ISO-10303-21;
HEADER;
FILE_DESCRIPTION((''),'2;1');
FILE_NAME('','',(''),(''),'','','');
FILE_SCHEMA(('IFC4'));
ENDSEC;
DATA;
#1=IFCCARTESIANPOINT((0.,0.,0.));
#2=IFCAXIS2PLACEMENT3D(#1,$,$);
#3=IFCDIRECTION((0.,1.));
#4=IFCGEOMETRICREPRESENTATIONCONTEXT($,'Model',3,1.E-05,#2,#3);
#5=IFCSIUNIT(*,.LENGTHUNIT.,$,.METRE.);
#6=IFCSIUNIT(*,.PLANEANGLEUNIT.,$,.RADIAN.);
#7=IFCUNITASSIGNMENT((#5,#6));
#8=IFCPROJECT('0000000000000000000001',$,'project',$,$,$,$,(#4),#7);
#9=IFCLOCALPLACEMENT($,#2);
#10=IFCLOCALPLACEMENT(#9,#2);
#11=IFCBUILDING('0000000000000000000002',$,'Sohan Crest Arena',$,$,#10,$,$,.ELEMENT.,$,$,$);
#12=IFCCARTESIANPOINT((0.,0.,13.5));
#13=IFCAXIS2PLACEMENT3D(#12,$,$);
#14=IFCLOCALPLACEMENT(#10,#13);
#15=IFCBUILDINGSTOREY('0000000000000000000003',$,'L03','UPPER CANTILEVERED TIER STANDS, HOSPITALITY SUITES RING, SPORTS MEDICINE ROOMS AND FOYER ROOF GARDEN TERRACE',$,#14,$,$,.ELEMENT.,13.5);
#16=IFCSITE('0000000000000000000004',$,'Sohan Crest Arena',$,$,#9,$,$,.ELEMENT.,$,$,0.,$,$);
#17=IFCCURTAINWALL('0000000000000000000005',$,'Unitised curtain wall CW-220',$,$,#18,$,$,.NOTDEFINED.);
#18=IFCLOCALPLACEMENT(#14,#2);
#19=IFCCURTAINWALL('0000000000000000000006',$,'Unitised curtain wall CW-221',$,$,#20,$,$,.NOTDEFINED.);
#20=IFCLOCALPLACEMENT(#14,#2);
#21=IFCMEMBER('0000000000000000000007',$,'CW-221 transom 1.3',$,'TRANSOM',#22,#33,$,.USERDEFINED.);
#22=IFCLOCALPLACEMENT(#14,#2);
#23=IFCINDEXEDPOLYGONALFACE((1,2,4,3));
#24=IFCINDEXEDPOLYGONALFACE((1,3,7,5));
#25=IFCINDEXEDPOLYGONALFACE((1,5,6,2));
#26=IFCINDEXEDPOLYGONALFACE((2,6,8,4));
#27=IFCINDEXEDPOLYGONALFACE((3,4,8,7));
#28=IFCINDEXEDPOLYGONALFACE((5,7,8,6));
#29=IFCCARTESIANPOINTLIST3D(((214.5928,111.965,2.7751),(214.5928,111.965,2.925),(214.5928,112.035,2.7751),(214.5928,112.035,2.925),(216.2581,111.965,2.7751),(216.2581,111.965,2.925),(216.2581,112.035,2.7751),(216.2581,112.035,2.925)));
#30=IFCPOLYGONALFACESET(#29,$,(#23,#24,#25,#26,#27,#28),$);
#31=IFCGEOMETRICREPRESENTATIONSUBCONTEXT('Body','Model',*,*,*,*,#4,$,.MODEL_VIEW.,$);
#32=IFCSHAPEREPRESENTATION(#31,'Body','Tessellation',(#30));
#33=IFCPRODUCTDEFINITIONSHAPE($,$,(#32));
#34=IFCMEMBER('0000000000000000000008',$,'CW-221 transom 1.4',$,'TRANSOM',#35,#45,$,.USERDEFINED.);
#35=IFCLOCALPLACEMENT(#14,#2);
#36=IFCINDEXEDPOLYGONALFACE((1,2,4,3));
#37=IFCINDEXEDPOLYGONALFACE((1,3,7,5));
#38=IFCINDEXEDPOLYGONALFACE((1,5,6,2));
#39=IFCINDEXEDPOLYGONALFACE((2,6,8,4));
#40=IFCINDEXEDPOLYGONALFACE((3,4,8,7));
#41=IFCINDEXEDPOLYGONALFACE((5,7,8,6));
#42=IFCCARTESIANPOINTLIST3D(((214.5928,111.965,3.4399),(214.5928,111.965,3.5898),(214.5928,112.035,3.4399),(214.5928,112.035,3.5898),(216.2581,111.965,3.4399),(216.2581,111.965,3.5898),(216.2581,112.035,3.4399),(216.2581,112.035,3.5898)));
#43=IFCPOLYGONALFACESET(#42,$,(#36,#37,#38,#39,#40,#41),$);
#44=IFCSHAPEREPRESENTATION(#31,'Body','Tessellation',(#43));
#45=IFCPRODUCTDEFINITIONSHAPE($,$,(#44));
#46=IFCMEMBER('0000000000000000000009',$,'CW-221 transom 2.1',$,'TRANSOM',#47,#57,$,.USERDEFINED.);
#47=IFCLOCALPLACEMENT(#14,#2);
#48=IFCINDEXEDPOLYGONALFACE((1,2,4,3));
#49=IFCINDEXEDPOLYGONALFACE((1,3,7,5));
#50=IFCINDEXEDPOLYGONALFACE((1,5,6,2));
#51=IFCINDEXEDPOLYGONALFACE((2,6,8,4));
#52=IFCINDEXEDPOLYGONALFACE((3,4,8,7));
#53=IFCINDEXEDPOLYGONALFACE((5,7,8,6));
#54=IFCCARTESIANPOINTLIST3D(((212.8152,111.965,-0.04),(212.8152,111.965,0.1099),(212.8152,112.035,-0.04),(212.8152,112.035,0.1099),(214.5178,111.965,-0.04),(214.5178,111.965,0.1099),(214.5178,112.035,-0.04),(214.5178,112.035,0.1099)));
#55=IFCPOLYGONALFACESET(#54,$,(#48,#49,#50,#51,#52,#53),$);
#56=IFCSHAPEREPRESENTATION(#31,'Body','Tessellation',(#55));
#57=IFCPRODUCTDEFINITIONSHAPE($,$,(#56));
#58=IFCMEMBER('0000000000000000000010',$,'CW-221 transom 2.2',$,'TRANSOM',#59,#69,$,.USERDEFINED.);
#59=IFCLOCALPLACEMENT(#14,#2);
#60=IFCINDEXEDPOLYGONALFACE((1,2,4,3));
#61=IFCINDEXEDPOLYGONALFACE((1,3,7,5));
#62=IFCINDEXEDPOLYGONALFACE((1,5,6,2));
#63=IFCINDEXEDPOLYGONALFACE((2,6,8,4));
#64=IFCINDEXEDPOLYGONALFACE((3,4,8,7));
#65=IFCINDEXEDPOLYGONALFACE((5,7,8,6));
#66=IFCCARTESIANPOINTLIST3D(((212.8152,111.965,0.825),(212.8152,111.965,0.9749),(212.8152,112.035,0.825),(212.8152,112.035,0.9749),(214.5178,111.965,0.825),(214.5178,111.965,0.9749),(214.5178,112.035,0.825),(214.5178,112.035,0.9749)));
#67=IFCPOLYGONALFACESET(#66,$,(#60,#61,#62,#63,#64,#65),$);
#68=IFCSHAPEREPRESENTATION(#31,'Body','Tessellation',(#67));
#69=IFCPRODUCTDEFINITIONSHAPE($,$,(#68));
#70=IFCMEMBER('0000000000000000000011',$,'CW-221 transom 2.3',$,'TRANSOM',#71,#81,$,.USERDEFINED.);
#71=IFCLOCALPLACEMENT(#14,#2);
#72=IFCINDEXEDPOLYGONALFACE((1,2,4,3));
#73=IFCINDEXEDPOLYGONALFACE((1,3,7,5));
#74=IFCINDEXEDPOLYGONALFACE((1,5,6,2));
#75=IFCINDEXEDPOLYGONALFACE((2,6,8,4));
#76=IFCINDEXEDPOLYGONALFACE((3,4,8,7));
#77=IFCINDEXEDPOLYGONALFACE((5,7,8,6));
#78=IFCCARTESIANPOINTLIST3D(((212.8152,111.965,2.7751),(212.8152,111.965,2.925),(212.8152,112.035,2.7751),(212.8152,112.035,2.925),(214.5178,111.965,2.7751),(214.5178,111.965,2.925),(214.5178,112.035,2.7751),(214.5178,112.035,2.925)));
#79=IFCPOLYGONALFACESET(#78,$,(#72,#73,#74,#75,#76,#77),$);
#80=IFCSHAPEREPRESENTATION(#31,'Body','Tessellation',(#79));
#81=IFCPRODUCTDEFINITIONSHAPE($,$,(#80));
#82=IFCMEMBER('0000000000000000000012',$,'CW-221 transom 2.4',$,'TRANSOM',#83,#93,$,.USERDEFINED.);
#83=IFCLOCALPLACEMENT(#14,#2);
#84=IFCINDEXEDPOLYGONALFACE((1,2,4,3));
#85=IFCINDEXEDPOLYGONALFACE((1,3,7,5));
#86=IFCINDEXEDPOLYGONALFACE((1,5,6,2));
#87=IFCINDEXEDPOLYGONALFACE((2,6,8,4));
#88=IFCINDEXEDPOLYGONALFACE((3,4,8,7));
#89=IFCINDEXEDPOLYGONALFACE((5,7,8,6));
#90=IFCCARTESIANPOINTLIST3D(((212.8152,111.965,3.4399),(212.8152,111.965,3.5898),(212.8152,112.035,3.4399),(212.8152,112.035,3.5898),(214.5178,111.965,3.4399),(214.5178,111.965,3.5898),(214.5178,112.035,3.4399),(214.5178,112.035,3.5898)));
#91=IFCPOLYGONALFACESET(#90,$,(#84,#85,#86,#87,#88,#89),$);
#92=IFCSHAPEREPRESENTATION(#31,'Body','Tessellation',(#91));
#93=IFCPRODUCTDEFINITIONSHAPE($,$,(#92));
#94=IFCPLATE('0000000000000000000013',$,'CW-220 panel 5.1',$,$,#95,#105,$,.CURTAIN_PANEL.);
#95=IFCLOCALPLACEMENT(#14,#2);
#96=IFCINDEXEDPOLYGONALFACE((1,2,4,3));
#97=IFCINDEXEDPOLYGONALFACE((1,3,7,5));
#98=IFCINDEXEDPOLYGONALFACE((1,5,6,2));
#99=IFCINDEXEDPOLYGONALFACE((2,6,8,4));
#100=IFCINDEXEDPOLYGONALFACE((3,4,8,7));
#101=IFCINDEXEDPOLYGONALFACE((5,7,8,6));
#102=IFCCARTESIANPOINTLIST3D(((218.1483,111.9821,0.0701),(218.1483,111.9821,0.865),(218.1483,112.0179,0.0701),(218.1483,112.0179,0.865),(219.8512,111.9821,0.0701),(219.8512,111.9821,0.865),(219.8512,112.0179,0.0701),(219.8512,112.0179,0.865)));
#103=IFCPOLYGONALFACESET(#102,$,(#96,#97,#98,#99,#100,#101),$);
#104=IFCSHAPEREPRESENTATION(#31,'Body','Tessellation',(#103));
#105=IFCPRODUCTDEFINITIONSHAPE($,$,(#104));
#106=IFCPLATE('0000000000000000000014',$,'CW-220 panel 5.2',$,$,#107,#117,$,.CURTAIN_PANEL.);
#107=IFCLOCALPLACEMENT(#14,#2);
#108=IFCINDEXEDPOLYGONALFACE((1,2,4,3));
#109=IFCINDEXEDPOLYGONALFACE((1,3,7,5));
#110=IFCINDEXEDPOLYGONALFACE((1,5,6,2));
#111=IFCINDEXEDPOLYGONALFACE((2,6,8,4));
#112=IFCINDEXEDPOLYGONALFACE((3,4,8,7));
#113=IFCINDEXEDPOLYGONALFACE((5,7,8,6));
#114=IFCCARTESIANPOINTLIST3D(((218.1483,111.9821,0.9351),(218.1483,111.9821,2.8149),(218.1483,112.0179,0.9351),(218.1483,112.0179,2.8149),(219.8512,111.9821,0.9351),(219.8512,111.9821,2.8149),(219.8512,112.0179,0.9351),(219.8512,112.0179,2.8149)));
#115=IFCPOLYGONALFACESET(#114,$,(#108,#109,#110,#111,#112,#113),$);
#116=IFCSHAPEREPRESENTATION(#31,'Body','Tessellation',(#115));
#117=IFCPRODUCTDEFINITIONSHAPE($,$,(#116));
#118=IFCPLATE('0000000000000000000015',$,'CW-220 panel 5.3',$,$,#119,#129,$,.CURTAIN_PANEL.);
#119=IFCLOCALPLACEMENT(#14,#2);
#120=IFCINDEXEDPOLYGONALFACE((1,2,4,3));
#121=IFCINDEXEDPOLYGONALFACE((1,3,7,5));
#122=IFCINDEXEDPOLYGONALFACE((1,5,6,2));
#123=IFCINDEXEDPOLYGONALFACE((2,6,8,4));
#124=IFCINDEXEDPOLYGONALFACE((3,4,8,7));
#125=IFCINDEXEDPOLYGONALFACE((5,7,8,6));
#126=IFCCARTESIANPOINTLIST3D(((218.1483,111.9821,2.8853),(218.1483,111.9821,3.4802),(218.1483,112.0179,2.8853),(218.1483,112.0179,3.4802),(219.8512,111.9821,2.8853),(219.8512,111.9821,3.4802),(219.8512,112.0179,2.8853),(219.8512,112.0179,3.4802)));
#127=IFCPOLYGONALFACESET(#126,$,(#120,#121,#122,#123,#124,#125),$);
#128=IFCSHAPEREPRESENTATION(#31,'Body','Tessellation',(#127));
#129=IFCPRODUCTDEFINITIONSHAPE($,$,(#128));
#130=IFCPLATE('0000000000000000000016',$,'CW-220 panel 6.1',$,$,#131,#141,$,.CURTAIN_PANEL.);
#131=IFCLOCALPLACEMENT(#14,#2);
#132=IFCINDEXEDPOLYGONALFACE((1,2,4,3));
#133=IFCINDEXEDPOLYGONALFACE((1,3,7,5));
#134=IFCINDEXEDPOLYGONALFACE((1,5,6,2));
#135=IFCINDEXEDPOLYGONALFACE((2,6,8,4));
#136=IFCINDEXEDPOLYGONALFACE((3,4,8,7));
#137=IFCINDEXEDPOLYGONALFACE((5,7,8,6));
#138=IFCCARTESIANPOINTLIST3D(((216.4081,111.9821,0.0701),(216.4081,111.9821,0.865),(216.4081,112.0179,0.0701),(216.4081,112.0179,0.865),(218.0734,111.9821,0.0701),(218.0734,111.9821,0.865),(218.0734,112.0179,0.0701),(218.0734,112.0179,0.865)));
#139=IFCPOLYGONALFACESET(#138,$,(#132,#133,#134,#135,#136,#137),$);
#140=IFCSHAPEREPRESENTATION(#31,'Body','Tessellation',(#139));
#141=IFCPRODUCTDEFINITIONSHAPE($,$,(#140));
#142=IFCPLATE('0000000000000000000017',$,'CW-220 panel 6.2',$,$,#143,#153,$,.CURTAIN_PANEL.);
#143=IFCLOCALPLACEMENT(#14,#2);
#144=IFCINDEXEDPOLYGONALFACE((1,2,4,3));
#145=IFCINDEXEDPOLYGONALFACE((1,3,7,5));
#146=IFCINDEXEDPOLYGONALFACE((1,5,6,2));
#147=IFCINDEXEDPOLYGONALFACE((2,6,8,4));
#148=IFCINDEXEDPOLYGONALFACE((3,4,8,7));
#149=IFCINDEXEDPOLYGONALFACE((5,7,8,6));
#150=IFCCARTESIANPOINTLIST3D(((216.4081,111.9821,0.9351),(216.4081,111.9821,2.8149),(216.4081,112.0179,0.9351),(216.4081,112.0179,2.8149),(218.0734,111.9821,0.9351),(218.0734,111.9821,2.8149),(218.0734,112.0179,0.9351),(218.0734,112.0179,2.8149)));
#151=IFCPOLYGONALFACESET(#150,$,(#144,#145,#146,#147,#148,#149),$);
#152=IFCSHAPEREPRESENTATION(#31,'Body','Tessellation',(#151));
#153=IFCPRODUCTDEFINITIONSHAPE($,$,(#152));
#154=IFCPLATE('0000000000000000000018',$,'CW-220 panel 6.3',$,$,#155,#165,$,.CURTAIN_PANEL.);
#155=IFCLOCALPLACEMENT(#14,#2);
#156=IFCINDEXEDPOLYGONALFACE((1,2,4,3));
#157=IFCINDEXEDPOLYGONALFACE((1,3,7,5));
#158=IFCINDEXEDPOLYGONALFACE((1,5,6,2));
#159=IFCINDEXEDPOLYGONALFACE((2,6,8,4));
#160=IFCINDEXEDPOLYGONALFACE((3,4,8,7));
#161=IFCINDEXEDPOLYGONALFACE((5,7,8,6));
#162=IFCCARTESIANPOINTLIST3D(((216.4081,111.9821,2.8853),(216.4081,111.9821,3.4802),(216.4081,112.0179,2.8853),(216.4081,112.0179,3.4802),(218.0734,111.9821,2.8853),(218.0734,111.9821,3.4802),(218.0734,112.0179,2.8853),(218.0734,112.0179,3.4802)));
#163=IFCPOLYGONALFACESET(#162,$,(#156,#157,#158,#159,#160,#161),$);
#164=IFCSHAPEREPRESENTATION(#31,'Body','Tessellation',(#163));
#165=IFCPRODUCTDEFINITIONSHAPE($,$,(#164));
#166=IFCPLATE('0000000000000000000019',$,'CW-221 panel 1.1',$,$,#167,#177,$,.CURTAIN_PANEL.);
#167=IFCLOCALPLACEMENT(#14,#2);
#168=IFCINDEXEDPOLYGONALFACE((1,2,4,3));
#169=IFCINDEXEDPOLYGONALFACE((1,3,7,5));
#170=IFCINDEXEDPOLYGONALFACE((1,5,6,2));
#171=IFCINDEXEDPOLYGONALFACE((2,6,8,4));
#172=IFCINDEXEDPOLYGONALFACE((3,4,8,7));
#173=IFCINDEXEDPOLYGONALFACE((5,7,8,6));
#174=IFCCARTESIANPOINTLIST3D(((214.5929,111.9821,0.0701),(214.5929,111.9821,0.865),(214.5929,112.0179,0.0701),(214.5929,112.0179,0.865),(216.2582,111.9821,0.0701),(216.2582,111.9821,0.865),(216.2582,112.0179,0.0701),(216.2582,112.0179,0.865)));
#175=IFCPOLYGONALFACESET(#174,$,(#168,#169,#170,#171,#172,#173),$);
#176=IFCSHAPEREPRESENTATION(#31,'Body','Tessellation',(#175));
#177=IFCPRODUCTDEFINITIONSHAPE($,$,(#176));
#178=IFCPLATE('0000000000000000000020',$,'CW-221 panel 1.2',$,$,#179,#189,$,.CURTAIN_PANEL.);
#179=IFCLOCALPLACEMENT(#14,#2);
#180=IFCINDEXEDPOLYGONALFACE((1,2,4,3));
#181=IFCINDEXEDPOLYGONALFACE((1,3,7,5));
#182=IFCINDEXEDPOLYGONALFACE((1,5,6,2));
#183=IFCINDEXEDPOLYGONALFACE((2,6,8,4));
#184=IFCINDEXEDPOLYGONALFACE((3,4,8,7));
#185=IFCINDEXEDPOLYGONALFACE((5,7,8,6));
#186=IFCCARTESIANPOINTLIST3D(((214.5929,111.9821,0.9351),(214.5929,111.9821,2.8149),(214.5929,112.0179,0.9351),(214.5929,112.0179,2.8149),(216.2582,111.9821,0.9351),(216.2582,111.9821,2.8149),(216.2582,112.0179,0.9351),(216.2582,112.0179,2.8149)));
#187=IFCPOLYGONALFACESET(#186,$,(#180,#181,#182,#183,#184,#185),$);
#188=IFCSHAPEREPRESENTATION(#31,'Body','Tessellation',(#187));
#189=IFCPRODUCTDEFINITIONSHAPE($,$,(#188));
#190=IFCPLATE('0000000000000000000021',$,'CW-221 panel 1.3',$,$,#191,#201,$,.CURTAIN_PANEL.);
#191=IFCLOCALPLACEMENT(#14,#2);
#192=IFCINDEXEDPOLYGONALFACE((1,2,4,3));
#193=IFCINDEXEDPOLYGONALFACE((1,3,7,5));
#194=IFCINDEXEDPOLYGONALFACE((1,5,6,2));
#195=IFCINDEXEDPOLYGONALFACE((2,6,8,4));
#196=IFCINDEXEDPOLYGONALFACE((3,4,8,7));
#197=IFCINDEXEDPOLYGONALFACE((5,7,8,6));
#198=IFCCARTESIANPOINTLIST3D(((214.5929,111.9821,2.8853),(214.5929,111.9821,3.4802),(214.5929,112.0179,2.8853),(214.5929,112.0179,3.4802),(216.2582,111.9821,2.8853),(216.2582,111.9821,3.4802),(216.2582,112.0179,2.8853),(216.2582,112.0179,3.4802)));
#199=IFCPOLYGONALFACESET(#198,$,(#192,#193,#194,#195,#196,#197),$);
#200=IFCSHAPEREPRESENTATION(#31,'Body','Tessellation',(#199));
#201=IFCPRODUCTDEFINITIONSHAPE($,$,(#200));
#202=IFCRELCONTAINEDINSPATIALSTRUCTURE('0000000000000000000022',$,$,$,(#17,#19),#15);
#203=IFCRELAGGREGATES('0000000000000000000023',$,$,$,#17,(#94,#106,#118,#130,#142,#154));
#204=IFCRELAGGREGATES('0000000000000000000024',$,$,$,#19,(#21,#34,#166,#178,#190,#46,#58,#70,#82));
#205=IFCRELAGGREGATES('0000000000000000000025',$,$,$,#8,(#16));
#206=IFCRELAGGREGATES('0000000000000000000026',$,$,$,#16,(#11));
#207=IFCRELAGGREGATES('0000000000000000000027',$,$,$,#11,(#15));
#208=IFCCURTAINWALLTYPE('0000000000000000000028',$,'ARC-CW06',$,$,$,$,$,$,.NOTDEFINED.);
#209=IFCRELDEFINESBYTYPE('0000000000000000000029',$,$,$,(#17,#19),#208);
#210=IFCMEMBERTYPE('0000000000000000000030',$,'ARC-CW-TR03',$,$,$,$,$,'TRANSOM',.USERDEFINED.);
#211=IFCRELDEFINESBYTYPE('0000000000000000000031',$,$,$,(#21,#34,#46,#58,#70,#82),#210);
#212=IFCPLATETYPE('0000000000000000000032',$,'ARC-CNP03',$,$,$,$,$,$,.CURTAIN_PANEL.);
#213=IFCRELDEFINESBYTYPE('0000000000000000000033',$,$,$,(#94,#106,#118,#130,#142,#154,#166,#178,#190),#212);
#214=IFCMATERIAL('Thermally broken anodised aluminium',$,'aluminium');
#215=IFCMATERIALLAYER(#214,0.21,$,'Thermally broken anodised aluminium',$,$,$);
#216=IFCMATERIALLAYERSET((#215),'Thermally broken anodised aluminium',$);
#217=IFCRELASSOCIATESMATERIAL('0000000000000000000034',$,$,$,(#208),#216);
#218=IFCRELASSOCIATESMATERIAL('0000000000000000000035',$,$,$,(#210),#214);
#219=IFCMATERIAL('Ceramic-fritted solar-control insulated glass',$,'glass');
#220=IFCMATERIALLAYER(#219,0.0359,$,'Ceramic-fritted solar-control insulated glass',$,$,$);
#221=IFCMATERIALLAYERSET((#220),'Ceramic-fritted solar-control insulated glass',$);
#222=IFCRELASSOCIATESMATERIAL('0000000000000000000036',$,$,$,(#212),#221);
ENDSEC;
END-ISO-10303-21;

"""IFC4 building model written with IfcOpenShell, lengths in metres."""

from ifc_helpers import new_model, si_unit, direction, frame, origin, origin_2d, place, context, subcontext, project, spatial, rectangle, extrude, material, layer, layer_set, material_profile, profile_set, type_object, element, aggregate, save


model = new_model("IFC4")

# Units and contexts
model_context = context("Model", 3, precision=1e-05, world=origin(), true_north=direction((0.0, 1.0)))
body_context = subcontext(model_context, "Body", "Model", "MODEL_VIEW")
ifc_project = project(units=[si_unit("LENGTHUNIT", "METRE"), si_unit("PLANEANGLEUNIT", "RADIAN")], contexts=[model_context])

# Site, building, storey
site_placement = place(None, origin())
site = spatial("IfcSite", under=ifc_project, at=site_placement, Name="Sohan Crest Arena", CompositionType="ELEMENT", RefElevation=0.0)
building_placement = place(site_placement, origin())
building = spatial("IfcBuilding", under=site, at=building_placement, Name="Sohan Crest Arena", CompositionType="ELEMENT")
storey_placement = place(building_placement, frame((0.0, 0.0, 13.5)))
storey = spatial("IfcBuildingStorey", under=building, at=storey_placement, Name="L03", Description="UPPER CANTILEVERED TIER STANDS, HOSPITALITY SUITES RING, SPORTS MEDICINE ROOMS AND FOYER ROOF GARDEN TERRACE", CompositionType="ELEMENT", Elevation=13.5)

# Curtain walls
ifc_material_1 = material(Name="Thermally broken anodised aluminium", Category="aluminium")
ifc_layer_1 = layer(ifc_material_1, 0.21, Name="Thermally broken anodised aluminium")
ifc_layer_set_1 = layer_set([ifc_layer_1], Name="Thermally broken anodised aluminium")
curtain_wall_type = type_object("IfcCurtainWallType", Name="ARC-CW06", PredefinedType="NOTDEFINED", material=ifc_layer_set_1)
curtain_wall_1_placement = place(storey_placement, origin())
curtain_wall_1 = element("IfcCurtainWall", 1, at=curtain_wall_1_placement, inside=storey, type_object=curtain_wall_type, Name="Unitised curtain wall CW-220", PredefinedType="NOTDEFINED")
curtain_wall_2_placement = place(storey_placement, origin())
curtain_wall_2 = element("IfcCurtainWall", 2, at=curtain_wall_2_placement, inside=storey, type_object=curtain_wall_type, Name="Unitised curtain wall CW-221", PredefinedType="NOTDEFINED")

# Members
ifc_material_profile_1 = material_profile(ifc_material_1, rectangle(XDim=0.0701, YDim=0.1499, at=origin_2d()), Name="ALU-TRAN 70x150")
ifc_profile_set_1 = profile_set([ifc_material_profile_1], Name="Thermally broken anodised aluminium")
member_type_1 = type_object("IfcMemberType", Name="ARC-CW-TR03", ElementType="TRANSOM", PredefinedType="USERDEFINED", material=ifc_profile_set_1)
member_1_placement = place(storey_placement, frame((216.2581, 112.0, 2.8501), z_axis=(-1.0, 0.0, 0.0), x_axis=(0.0, -1.0, 0.0)))
member_1 = element("IfcMember", 3, at=member_1_placement, type_object=member_type_1, Name="CW-221 transom 1.3", ObjectType="TRANSOM", PredefinedType="USERDEFINED", context=body_context, shape_type="SweptSolid", body=[
    extrude(rectangle(XDim=0.0701, YDim=0.1499, at=origin_2d()), origin(), (0.0, 0.0, 1.0), 1.6653),
])
member_2_placement = place(storey_placement, frame((216.2581, 112.0, 3.5149), z_axis=(-1.0, 0.0, 0.0), x_axis=(0.0, -1.0, 0.0)))
member_2 = element("IfcMember", 4, at=member_2_placement, type_object=member_type_1, Name="CW-221 transom 1.4", ObjectType="TRANSOM", PredefinedType="USERDEFINED", context=body_context, shape_type="SweptSolid", body=[
    extrude(rectangle(XDim=0.0701, YDim=0.1499, at=origin_2d()), origin(), (0.0, 0.0, 1.0), 1.6653),
])
member_3_placement = place(storey_placement, frame((214.5178, 112.0, 0.0349), z_axis=(-1.0, 0.0, 0.0), x_axis=(0.0, -1.0, 0.0)))
member_3 = element("IfcMember", 5, at=member_3_placement, type_object=member_type_1, Name="CW-221 transom 2.1", ObjectType="TRANSOM", PredefinedType="USERDEFINED", context=body_context, shape_type="SweptSolid", body=[
    extrude(rectangle(XDim=0.0701, YDim=0.1499, at=origin_2d()), origin(), (0.0, 0.0, 1.0), 1.7026),
])
member_4_placement = place(storey_placement, frame((214.5178, 112.0, 0.8999), z_axis=(-1.0, 0.0, 0.0), x_axis=(0.0, -1.0, 0.0)))
member_4 = element("IfcMember", 6, at=member_4_placement, type_object=member_type_1, Name="CW-221 transom 2.2", ObjectType="TRANSOM", PredefinedType="USERDEFINED", context=body_context, shape_type="SweptSolid", body=[
    extrude(rectangle(XDim=0.0701, YDim=0.1499, at=origin_2d()), origin(), (0.0, 0.0, 1.0), 1.7026),
])
member_5_placement = place(storey_placement, frame((214.5178, 112.0, 2.8501), z_axis=(-1.0, 0.0, 0.0), x_axis=(0.0, -1.0, 0.0)))
member_5 = element("IfcMember", 7, at=member_5_placement, type_object=member_type_1, Name="CW-221 transom 2.3", ObjectType="TRANSOM", PredefinedType="USERDEFINED", context=body_context, shape_type="SweptSolid", body=[
    extrude(rectangle(XDim=0.0701, YDim=0.1499, at=origin_2d()), origin(), (0.0, 0.0, 1.0), 1.7026),
])
member_6_placement = place(storey_placement, frame((214.5178, 112.0, 3.5149), z_axis=(-1.0, 0.0, 0.0), x_axis=(0.0, -1.0, 0.0)))
member_6 = element("IfcMember", 8, at=member_6_placement, type_object=member_type_1, Name="CW-221 transom 2.4", ObjectType="TRANSOM", PredefinedType="USERDEFINED", context=body_context, shape_type="SweptSolid", body=[
    extrude(rectangle(XDim=0.0701, YDim=0.1499, at=origin_2d()), origin(), (0.0, 0.0, 1.0), 1.7026),
])

# Plates
ifc_material_2 = material(Name="Ceramic-fritted solar-control insulated glass", Category="glass")
ifc_layer_2 = layer(ifc_material_2, 0.0359, Name="Ceramic-fritted solar-control insulated glass")
ifc_layer_set_2 = layer_set([ifc_layer_2], Name="Ceramic-fritted solar-control insulated glass")
plate_type = type_object("IfcPlateType", Name="ARC-CNP03", PredefinedType="CURTAIN_PANEL", material=ifc_layer_set_2)
plate_1_placement = place(storey_placement, frame((218.9998, 112.0, 0.0701), z_axis=(0.0, 0.0, 1.0), x_axis=(-1.0, 0.0, 0.0)))
plate_1 = element("IfcPlate", 9, at=plate_1_placement, type_object=plate_type, Name="CW-220 panel 5.1", PredefinedType="CURTAIN_PANEL", context=body_context, shape_type="SweptSolid", body=[
    extrude(rectangle(XDim=1.7029, YDim=0.0359, at=origin_2d()), origin(), (0.0, 0.0, 1.0), 0.7949),
])
plate_2_placement = place(storey_placement, frame((218.9998, 112.0, 0.9351), z_axis=(0.0, 0.0, 1.0), x_axis=(-1.0, 0.0, 0.0)))
plate_2 = element("IfcPlate", 10, at=plate_2_placement, type_object=plate_type, Name="CW-220 panel 5.2", PredefinedType="CURTAIN_PANEL", context=body_context, shape_type="SweptSolid", body=[
    extrude(rectangle(XDim=1.7029, YDim=0.0359, at=origin_2d()), origin(), (0.0, 0.0, 1.0), 1.8799),
])
plate_3_placement = place(storey_placement, frame((218.9998, 112.0, 2.8853), z_axis=(0.0, 0.0, 1.0), x_axis=(-1.0, 0.0, 0.0)))
plate_3 = element("IfcPlate", 11, at=plate_3_placement, type_object=plate_type, Name="CW-220 panel 5.3", PredefinedType="CURTAIN_PANEL", context=body_context, shape_type="SweptSolid", body=[
    extrude(rectangle(XDim=1.7029, YDim=0.0359, at=origin_2d()), origin(), (0.0, 0.0, 1.0), 0.595),
])
plate_4_placement = place(storey_placement, frame((217.2407, 112.0, 0.0701), z_axis=(0.0, 0.0, 1.0), x_axis=(-1.0, 0.0, 0.0)))
plate_4 = element("IfcPlate", 12, at=plate_4_placement, type_object=plate_type, Name="CW-220 panel 6.1", PredefinedType="CURTAIN_PANEL", context=body_context, shape_type="SweptSolid", body=[
    extrude(rectangle(XDim=1.6653, YDim=0.0359, at=origin_2d()), origin(), (0.0, 0.0, 1.0), 0.7949),
])
plate_5_placement = place(storey_placement, frame((217.2407, 112.0, 0.9351), z_axis=(0.0, 0.0, 1.0), x_axis=(-1.0, 0.0, 0.0)))
plate_5 = element("IfcPlate", 13, at=plate_5_placement, type_object=plate_type, Name="CW-220 panel 6.2", PredefinedType="CURTAIN_PANEL", context=body_context, shape_type="SweptSolid", body=[
    extrude(rectangle(XDim=1.6653, YDim=0.0359, at=origin_2d()), origin(), (0.0, 0.0, 1.0), 1.8799),
])
plate_6_placement = place(storey_placement, frame((217.2407, 112.0, 2.8853), z_axis=(0.0, 0.0, 1.0), x_axis=(-1.0, 0.0, 0.0)))
plate_6 = element("IfcPlate", 14, at=plate_6_placement, type_object=plate_type, Name="CW-220 panel 6.3", PredefinedType="CURTAIN_PANEL", context=body_context, shape_type="SweptSolid", body=[
    extrude(rectangle(XDim=1.6653, YDim=0.0359, at=origin_2d()), origin(), (0.0, 0.0, 1.0), 0.595),
])
aggregate(curtain_wall_1, [plate_1, plate_2, plate_3, plate_4, plate_5, plate_6])
plate_7_placement = place(storey_placement, frame((215.4255, 112.0, 0.0701), z_axis=(0.0, 0.0, 1.0), x_axis=(-1.0, 0.0, 0.0)))
plate_7 = element("IfcPlate", 15, at=plate_7_placement, type_object=plate_type, Name="CW-221 panel 1.1", PredefinedType="CURTAIN_PANEL", context=body_context, shape_type="SweptSolid", body=[
    extrude(rectangle(XDim=1.6653, YDim=0.0359, at=origin_2d()), origin(), (0.0, 0.0, 1.0), 0.7949),
])
plate_8_placement = place(storey_placement, frame((215.4255, 112.0, 0.9351), z_axis=(0.0, 0.0, 1.0), x_axis=(-1.0, 0.0, 0.0)))
plate_8 = element("IfcPlate", 16, at=plate_8_placement, type_object=plate_type, Name="CW-221 panel 1.2", PredefinedType="CURTAIN_PANEL", context=body_context, shape_type="SweptSolid", body=[
    extrude(rectangle(XDim=1.6653, YDim=0.0359, at=origin_2d()), origin(), (0.0, 0.0, 1.0), 1.8799),
])
plate_9_placement = place(storey_placement, frame((215.4255, 112.0, 2.8853), z_axis=(0.0, 0.0, 1.0), x_axis=(-1.0, 0.0, 0.0)))
plate_9 = element("IfcPlate", 17, at=plate_9_placement, type_object=plate_type, Name="CW-221 panel 1.3", PredefinedType="CURTAIN_PANEL", context=body_context, shape_type="SweptSolid", body=[
    extrude(rectangle(XDim=1.6653, YDim=0.0359, at=origin_2d()), origin(), (0.0, 0.0, 1.0), 0.595),
])
aggregate(curtain_wall_2, [member_1, member_2, plate_7, plate_8, plate_9, member_3, member_4, member_5, member_6])

save(model, "model.ifc")
